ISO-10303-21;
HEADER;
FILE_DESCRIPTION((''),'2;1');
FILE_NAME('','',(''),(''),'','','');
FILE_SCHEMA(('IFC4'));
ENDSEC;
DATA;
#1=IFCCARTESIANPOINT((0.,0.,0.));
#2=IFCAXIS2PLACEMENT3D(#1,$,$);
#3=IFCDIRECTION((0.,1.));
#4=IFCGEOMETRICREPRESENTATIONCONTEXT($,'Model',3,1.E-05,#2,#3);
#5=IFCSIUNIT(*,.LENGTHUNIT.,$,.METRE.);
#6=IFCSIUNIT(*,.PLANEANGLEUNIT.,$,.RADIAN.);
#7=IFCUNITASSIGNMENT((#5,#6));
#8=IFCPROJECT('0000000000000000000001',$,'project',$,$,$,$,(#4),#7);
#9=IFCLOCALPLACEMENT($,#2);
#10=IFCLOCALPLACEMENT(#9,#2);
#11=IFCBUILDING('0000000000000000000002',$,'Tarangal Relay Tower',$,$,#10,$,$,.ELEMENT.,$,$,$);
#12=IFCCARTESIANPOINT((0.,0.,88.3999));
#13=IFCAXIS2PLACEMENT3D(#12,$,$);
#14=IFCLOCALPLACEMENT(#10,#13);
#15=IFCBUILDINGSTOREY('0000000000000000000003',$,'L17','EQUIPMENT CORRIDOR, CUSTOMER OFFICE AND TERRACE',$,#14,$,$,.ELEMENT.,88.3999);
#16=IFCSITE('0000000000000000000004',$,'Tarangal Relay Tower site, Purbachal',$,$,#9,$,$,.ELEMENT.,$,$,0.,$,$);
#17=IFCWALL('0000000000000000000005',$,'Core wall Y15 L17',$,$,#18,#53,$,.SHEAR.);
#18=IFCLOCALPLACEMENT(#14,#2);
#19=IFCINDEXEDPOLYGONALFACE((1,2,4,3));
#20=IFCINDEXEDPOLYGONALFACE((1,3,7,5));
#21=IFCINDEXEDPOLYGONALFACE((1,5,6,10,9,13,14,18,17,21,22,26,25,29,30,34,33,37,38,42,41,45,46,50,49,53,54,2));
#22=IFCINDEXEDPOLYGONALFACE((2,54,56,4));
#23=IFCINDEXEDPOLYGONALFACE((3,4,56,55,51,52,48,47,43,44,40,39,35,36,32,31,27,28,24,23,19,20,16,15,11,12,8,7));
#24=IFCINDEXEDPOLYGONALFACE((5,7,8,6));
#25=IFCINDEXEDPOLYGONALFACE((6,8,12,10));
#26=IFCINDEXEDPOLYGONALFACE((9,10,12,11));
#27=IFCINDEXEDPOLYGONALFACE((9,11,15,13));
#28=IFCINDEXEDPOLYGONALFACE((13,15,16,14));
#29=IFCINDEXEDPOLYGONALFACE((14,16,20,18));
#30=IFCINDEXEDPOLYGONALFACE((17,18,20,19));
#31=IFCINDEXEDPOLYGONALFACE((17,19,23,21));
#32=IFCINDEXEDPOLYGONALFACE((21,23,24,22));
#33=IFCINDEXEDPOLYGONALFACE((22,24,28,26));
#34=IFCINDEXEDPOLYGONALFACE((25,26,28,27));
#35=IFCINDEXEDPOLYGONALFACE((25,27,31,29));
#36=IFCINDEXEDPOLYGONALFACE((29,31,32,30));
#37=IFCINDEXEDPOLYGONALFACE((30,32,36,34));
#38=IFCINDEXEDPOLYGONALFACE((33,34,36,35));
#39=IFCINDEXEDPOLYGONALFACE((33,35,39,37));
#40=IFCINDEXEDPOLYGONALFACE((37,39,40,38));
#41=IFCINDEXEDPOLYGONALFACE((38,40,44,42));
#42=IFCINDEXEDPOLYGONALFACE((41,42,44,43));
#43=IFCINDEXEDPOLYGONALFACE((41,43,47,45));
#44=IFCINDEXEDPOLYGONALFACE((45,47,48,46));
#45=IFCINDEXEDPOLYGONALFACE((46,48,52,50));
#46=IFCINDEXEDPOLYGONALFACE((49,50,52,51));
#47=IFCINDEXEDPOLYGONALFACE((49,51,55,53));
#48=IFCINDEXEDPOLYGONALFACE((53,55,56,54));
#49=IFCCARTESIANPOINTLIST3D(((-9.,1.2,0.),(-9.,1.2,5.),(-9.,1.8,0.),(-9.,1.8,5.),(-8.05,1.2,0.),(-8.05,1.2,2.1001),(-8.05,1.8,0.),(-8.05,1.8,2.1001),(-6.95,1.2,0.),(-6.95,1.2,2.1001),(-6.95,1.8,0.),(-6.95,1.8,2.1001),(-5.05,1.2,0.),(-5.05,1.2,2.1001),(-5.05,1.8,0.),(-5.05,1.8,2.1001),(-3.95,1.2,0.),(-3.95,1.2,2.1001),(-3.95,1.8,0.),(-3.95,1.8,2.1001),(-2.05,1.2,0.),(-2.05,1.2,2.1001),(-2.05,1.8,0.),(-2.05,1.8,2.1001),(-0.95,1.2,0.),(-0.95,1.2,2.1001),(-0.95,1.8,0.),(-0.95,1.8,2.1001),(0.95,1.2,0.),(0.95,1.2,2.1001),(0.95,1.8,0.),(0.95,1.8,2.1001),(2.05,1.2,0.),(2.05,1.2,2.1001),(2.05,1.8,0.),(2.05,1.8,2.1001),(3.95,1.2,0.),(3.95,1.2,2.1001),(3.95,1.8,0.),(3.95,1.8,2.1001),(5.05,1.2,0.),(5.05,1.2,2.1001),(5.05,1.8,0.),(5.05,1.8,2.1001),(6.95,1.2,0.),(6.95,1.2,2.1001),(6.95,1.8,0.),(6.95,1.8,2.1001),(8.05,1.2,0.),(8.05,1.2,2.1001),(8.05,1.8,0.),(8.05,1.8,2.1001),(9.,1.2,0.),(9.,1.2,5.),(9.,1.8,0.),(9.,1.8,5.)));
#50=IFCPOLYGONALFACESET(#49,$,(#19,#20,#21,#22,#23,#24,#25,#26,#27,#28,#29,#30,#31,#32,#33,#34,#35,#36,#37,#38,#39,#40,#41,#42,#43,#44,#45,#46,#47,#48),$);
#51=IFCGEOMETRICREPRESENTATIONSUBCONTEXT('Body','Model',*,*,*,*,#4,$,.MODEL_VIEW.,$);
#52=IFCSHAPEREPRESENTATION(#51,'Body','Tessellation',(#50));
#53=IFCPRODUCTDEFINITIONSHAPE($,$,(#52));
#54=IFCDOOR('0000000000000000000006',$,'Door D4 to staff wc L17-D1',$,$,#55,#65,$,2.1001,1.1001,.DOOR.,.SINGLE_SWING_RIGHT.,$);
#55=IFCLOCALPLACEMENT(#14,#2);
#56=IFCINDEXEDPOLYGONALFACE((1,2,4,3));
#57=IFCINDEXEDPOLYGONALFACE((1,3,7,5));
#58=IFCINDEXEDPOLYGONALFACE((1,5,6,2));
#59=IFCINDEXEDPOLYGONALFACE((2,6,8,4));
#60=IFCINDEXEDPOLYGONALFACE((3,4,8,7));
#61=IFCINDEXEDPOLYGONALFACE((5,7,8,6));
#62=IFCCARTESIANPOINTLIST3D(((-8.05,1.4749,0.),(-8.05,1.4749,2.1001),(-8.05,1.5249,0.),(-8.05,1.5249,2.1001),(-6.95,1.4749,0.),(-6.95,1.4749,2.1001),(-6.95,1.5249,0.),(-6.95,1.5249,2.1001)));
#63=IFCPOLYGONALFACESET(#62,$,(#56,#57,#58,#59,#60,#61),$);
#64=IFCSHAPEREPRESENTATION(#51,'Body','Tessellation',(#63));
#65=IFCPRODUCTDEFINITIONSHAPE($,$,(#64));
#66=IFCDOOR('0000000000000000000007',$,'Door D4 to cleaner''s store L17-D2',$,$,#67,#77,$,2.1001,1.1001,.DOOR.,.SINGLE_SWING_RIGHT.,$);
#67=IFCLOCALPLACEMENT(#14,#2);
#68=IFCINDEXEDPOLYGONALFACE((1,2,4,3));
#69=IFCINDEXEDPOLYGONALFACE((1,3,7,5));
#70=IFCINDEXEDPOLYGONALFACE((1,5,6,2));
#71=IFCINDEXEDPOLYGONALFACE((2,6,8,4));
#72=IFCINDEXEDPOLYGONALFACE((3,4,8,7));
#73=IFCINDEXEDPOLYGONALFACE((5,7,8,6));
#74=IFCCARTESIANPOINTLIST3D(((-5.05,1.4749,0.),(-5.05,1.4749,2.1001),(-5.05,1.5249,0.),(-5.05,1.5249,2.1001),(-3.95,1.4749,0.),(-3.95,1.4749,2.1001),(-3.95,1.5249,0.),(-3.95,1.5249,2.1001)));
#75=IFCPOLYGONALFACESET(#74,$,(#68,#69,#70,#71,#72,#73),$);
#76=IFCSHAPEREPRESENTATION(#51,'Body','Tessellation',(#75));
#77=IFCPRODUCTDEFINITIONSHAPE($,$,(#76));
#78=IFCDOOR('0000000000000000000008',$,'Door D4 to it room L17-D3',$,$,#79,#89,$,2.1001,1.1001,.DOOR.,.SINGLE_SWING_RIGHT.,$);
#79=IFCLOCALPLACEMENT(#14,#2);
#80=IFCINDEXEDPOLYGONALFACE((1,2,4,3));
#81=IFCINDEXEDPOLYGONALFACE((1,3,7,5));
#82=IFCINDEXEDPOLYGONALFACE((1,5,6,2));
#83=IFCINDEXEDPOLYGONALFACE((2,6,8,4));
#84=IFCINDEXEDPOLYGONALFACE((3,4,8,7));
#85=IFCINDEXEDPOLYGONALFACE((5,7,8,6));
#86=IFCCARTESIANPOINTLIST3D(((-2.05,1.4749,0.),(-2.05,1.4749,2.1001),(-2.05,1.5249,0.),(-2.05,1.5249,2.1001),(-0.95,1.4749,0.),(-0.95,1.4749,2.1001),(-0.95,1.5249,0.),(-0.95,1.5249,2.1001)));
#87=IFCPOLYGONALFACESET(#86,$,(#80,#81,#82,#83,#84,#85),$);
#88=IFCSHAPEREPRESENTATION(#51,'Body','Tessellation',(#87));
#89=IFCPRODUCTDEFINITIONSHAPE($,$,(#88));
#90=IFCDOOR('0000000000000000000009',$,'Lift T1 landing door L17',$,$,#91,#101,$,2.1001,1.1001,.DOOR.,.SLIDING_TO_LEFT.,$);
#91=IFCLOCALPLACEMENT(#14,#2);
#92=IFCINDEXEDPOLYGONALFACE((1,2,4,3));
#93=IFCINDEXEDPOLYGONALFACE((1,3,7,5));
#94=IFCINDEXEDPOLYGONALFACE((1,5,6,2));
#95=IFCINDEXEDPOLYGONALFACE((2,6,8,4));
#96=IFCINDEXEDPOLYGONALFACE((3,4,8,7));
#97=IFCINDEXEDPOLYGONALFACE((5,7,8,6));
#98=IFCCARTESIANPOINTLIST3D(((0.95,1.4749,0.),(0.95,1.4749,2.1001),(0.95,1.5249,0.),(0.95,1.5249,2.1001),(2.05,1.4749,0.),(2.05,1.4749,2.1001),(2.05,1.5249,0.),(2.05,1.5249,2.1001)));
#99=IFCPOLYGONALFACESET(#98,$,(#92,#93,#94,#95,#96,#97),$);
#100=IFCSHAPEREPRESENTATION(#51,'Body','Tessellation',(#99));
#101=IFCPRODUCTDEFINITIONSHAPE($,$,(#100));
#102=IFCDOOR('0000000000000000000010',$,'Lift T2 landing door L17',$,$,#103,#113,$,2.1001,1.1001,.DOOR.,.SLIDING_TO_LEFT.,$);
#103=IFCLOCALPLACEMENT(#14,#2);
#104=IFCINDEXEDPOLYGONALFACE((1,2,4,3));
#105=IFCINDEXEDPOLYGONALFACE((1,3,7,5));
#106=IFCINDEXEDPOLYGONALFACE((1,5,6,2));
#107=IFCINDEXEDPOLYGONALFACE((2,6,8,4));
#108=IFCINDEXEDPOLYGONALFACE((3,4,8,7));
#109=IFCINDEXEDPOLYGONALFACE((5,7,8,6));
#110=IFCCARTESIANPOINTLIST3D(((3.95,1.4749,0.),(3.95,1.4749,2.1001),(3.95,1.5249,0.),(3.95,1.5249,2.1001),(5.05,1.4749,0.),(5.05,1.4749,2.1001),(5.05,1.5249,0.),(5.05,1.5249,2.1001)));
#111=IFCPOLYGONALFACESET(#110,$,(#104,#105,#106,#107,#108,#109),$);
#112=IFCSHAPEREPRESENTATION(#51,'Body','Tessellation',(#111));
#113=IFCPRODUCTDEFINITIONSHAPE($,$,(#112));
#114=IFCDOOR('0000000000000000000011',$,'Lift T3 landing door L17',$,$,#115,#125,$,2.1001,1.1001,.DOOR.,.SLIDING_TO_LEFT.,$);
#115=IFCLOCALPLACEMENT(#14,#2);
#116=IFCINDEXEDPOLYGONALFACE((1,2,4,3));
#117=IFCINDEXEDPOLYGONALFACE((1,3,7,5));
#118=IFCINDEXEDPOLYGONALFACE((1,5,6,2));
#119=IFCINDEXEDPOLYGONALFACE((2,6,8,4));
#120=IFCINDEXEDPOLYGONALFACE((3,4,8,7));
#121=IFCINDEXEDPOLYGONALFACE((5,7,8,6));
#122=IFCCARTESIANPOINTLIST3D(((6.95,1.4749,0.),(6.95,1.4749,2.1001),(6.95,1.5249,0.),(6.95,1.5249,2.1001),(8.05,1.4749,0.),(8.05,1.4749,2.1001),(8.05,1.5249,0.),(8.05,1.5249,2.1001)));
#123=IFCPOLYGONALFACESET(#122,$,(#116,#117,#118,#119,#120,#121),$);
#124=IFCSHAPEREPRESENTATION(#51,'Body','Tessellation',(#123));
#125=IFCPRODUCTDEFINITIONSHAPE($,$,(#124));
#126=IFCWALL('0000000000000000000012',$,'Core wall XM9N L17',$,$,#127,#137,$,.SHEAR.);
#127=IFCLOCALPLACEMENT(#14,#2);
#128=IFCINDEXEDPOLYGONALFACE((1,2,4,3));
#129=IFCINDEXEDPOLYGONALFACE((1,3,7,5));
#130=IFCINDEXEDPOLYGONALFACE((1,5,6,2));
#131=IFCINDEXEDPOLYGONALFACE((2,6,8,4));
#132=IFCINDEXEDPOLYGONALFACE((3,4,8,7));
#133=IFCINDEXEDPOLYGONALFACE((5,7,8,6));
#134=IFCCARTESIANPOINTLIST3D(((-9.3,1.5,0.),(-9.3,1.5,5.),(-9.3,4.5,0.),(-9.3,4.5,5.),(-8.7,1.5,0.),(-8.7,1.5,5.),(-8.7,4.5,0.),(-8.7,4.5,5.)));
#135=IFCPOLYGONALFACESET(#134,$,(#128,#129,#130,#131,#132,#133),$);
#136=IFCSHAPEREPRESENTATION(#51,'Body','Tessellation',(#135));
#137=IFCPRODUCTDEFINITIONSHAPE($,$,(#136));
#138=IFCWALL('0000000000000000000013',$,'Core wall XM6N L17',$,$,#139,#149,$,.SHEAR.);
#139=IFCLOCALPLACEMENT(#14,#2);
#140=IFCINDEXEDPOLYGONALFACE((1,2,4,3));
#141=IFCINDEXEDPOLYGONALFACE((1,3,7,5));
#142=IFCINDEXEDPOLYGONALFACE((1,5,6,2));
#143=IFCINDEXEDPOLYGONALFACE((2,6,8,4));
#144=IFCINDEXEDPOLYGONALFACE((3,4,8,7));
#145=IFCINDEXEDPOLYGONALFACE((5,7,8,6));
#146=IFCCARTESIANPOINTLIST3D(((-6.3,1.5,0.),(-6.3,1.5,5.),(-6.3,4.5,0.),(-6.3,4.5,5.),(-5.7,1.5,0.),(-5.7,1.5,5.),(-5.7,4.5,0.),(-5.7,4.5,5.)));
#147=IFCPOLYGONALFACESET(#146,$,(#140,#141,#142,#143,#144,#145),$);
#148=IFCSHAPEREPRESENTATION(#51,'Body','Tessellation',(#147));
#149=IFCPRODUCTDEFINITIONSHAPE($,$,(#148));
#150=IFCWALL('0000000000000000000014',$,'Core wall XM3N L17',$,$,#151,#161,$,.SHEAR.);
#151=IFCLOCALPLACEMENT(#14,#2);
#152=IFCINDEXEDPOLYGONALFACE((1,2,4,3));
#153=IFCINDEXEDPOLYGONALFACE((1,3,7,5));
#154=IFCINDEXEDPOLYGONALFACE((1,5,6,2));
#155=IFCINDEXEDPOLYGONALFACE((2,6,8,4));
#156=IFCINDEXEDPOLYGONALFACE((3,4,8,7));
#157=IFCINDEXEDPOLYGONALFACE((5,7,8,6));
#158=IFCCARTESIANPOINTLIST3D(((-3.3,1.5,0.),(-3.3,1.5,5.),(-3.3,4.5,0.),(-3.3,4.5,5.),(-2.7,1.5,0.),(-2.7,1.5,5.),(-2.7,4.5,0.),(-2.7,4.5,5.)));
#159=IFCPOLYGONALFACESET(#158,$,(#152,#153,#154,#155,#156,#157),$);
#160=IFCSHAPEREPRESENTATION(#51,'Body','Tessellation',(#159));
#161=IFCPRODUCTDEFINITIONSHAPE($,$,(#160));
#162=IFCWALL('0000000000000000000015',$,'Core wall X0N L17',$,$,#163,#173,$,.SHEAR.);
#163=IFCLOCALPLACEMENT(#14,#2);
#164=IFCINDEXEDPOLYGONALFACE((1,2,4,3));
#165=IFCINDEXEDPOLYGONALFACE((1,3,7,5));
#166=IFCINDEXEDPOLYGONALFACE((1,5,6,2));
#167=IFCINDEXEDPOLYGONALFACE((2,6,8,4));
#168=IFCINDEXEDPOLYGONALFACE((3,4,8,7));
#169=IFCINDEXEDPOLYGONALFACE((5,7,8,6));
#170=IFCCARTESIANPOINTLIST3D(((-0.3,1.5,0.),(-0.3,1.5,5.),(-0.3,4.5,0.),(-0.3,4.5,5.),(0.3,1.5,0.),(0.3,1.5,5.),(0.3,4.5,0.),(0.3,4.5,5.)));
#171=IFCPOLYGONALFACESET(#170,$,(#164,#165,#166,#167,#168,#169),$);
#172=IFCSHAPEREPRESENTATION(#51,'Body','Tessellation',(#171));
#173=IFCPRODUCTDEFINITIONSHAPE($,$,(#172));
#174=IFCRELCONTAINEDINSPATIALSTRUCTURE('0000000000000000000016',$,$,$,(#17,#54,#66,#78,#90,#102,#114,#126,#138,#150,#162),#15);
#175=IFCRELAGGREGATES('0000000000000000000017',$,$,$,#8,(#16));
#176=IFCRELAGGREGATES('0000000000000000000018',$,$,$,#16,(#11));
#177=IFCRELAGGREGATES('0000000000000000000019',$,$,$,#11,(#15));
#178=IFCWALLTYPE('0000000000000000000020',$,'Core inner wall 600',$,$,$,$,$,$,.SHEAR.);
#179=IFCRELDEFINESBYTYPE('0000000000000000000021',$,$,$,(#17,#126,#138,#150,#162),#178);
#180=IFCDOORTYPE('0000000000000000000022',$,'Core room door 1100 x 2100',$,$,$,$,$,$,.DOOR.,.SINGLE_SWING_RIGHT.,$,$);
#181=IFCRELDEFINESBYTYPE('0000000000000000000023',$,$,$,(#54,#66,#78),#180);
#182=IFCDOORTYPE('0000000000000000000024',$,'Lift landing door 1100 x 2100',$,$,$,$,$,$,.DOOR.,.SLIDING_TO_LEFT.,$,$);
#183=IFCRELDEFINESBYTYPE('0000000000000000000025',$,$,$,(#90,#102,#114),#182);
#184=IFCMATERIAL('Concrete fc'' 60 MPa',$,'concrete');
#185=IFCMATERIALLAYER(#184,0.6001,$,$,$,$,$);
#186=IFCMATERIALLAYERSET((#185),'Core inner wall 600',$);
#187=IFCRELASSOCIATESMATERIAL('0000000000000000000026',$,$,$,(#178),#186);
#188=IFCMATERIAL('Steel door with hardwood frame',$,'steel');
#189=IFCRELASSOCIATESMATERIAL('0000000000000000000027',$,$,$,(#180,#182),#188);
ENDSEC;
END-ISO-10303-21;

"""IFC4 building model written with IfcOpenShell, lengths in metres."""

from ifc_helpers import new_model, si_unit, direction, frame, frame_2d, origin, place, context, subcontext, project, spatial, rectangle, extrude, material, layer, layer_set, type_object, element, fill, save


model = new_model("IFC4")

# Units and contexts
model_context = context("Model", 3, precision=1e-05, world=origin(), true_north=direction((0.0, 1.0)))
body_context = subcontext(model_context, "Body", "Model", "MODEL_VIEW")
ifc_project = project(units=[si_unit("LENGTHUNIT", "METRE"), si_unit("PLANEANGLEUNIT", "RADIAN")], contexts=[model_context])

# Site, building, storey
site_placement = place(None, origin())
site = spatial("IfcSite", under=ifc_project, at=site_placement, Name="Tarangal Relay Tower site, Purbachal", CompositionType="ELEMENT", RefElevation=0.0)
building_placement = place(site_placement, origin())
building = spatial("IfcBuilding", under=site, at=building_placement, Name="Tarangal Relay Tower", CompositionType="ELEMENT")
storey_placement = place(building_placement, frame((0.0, 0.0, 88.3999)))
storey = spatial("IfcBuildingStorey", under=building, at=storey_placement, Name="L17", Description="EQUIPMENT CORRIDOR, CUSTOMER OFFICE AND TERRACE", CompositionType="ELEMENT", Elevation=88.3999)

# Wall, openings, doors
ifc_material_1 = material(Name="Concrete fc' 60 MPa", Category="concrete")
ifc_layer_1 = layer(ifc_material_1, 0.6001)
ifc_layer_set_1 = layer_set([ifc_layer_1], Name="Core inner wall 600")
wall_type = type_object("IfcWallType", Name="Core inner wall 600", PredefinedType="SHEAR", material=ifc_layer_set_1)
wall_1_placement = place(storey_placement, frame((-9.0, 1.5, 0.0), z_axis=(0.0, 0.0, 1.0), x_axis=(1.0, 0.0, 0.0)))
wall_1 = element("IfcWall", 1, at=wall_1_placement, inside=storey, type_object=wall_type, Name="Core wall Y15 L17", PredefinedType="SHEAR", context=body_context, shape_type="SweptSolid", body=[
    extrude(rectangle(XDim=18.0, YDim=0.6001, at=frame_2d((9.0, 0.0))), origin(), (0.0, 0.0, 1.0), 5.0),
])
opening_1_placement = place(wall_1_placement, frame((9.95, 0.0, 0.0)))
opening_1 = element("IfcOpeningElement", 2, at=opening_1_placement, cuts=wall_1, PredefinedType="OPENING", context=body_context, shape_type="SweptSolid", body=[
    extrude(rectangle(XDim=1.1001, YDim=2.1001, at=frame_2d((0.55, 1.05))), frame((0.0, 0.3101, 0.0), z_axis=(0.0, -1.0, 0.0), x_axis=(1.0, 0.0, 0.0)), (0.0, 0.0, 1.0), 0.6201),
])
opening_2_placement = place(wall_1_placement, frame((12.95, 0.0, 0.0)))
opening_2 = element("IfcOpeningElement", 3, at=opening_2_placement, cuts=wall_1, PredefinedType="OPENING", context=body_context, shape_type="SweptSolid", body=[
    extrude(rectangle(XDim=1.1001, YDim=2.1001, at=frame_2d((0.55, 1.05))), frame((0.0, 0.3101, 0.0), z_axis=(0.0, -1.0, 0.0), x_axis=(1.0, 0.0, 0.0)), (0.0, 0.0, 1.0), 0.6201),
])
opening_3_placement = place(wall_1_placement, frame((15.95, 0.0, 0.0)))
opening_3 = element("IfcOpeningElement", 4, at=opening_3_placement, cuts=wall_1, PredefinedType="OPENING", context=body_context, shape_type="SweptSolid", body=[
    extrude(rectangle(XDim=1.1001, YDim=2.1001, at=frame_2d((0.55, 1.05))), frame((0.0, 0.3101, 0.0), z_axis=(0.0, -1.0, 0.0), x_axis=(1.0, 0.0, 0.0)), (0.0, 0.0, 1.0), 0.6201),
])
opening_4_placement = place(wall_1_placement, frame((0.95, 0.0, 0.0)))
opening_4 = element("IfcOpeningElement", 5, at=opening_4_placement, cuts=wall_1, PredefinedType="OPENING", context=body_context, shape_type="SweptSolid", body=[
    extrude(rectangle(XDim=1.1001, YDim=2.1001, at=frame_2d((0.55, 1.05))), frame((0.0, 0.3101, 0.0), z_axis=(0.0, -1.0, 0.0), x_axis=(1.0, 0.0, 0.0)), (0.0, 0.0, 1.0), 0.6201),
])
opening_5_placement = place(wall_1_placement, frame((3.95, 0.0, 0.0)))
opening_5 = element("IfcOpeningElement", 6, at=opening_5_placement, cuts=wall_1, PredefinedType="OPENING", context=body_context, shape_type="SweptSolid", body=[
    extrude(rectangle(XDim=1.1001, YDim=2.1001, at=frame_2d((0.55, 1.05))), frame((0.0, 0.3101, 0.0), z_axis=(0.0, -1.0, 0.0), x_axis=(1.0, 0.0, 0.0)), (0.0, 0.0, 1.0), 0.6201),
])
opening_6_placement = place(wall_1_placement, frame((6.95, 0.0, 0.0)))
opening_6 = element("IfcOpeningElement", 7, at=opening_6_placement, cuts=wall_1, PredefinedType="OPENING", context=body_context, shape_type="SweptSolid", body=[
    extrude(rectangle(XDim=1.1001, YDim=2.1001, at=frame_2d((0.55, 1.05))), frame((0.0, 0.3101, 0.0), z_axis=(0.0, -1.0, 0.0), x_axis=(1.0, 0.0, 0.0)), (0.0, 0.0, 1.0), 0.6201),
])
ifc_material_2 = material(Name="Steel door with hardwood frame", Category="steel")
door_type_1 = type_object("IfcDoorType", Name="Core room door 1100 x 2100", OperationType="SINGLE_SWING_RIGHT", PredefinedType="DOOR", material=ifc_material_2)
door_1_placement = place(opening_4_placement, origin())
door_1 = element("IfcDoor", 8, at=door_1_placement, inside=storey, type_object=door_type_1, Name="Door D4 to staff wc L17-D1", OperationType="SINGLE_SWING_RIGHT", OverallHeight=2.1001, OverallWidth=1.1001, PredefinedType="DOOR", context=body_context, shape_type="SweptSolid", body=[
    extrude(rectangle(XDim=1.1001, YDim=2.1001, at=frame_2d((0.55, 1.05))), frame((0.0, 0.0249, 0.0), z_axis=(0.0, -1.0, 0.0), x_axis=(1.0, 0.0, 0.0)), (0.0, 0.0, 1.0), 0.05),
])
fill(opening_4, door_1)
door_2_placement = place(opening_5_placement, origin())
door_2 = element("IfcDoor", 9, at=door_2_placement, inside=storey, type_object=door_type_1, Name="Door D4 to cleaner's store L17-D2", OperationType="SINGLE_SWING_RIGHT", OverallHeight=2.1001, OverallWidth=1.1001, PredefinedType="DOOR", context=body_context, shape_type="SweptSolid", body=[
    extrude(rectangle(XDim=1.1001, YDim=2.1001, at=frame_2d((0.55, 1.05))), frame((0.0, 0.0249, 0.0), z_axis=(0.0, -1.0, 0.0), x_axis=(1.0, 0.0, 0.0)), (0.0, 0.0, 1.0), 0.05),
])
fill(opening_5, door_2)
door_3_placement = place(opening_6_placement, origin())
door_3 = element("IfcDoor", 10, at=door_3_placement, inside=storey, type_object=door_type_1, Name="Door D4 to it room L17-D3", OperationType="SINGLE_SWING_RIGHT", OverallHeight=2.1001, OverallWidth=1.1001, PredefinedType="DOOR", context=body_context, shape_type="SweptSolid", body=[
    extrude(rectangle(XDim=1.1001, YDim=2.1001, at=frame_2d((0.55, 1.05))), frame((0.0, 0.0249, 0.0), z_axis=(0.0, -1.0, 0.0), x_axis=(1.0, 0.0, 0.0)), (0.0, 0.0, 1.0), 0.05),
])
fill(opening_6, door_3)
door_type_2 = type_object("IfcDoorType", Name="Lift landing door 1100 x 2100", OperationType="SLIDING_TO_LEFT", PredefinedType="DOOR", material=ifc_material_2)
door_4_placement = place(opening_1_placement, origin())
door_4 = element("IfcDoor", 11, at=door_4_placement, inside=storey, type_object=door_type_2, Name="Lift T1 landing door L17", OperationType="SLIDING_TO_LEFT", OverallHeight=2.1001, OverallWidth=1.1001, PredefinedType="DOOR", context=body_context, shape_type="SweptSolid", body=[
    extrude(rectangle(XDim=1.1001, YDim=2.1001, at=frame_2d((0.55, 1.05))), frame((0.0, 0.0249, 0.0), z_axis=(0.0, -1.0, 0.0), x_axis=(1.0, 0.0, 0.0)), (0.0, 0.0, 1.0), 0.05),
])
fill(opening_1, door_4)
door_5_placement = place(opening_2_placement, origin())
door_5 = element("IfcDoor", 12, at=door_5_placement, inside=storey, type_object=door_type_2, Name="Lift T2 landing door L17", OperationType="SLIDING_TO_LEFT", OverallHeight=2.1001, OverallWidth=1.1001, PredefinedType="DOOR", context=body_context, shape_type="SweptSolid", body=[
    extrude(rectangle(XDim=1.1001, YDim=2.1001, at=frame_2d((0.55, 1.05))), frame((0.0, 0.0249, 0.0), z_axis=(0.0, -1.0, 0.0), x_axis=(1.0, 0.0, 0.0)), (0.0, 0.0, 1.0), 0.05),
])
fill(opening_2, door_5)
door_6_placement = place(opening_3_placement, origin())
door_6 = element("IfcDoor", 13, at=door_6_placement, inside=storey, type_object=door_type_2, Name="Lift T3 landing door L17", OperationType="SLIDING_TO_LEFT", OverallHeight=2.1001, OverallWidth=1.1001, PredefinedType="DOOR", context=body_context, shape_type="SweptSolid", body=[
    extrude(rectangle(XDim=1.1001, YDim=2.1001, at=frame_2d((0.55, 1.05))), frame((0.0, 0.0249, 0.0), z_axis=(0.0, -1.0, 0.0), x_axis=(1.0, 0.0, 0.0)), (0.0, 0.0, 1.0), 0.05),
])
fill(opening_3, door_6)

# Walls
for number, where, z_axis, x_axis, name in (
    (14, (-9.0, 1.5, 0.0), (0.0, 0.0, 1.0), (0.0, 1.0, 0.0), "Core wall XM9N L17"),
    (15, (-6.0, 1.5, 0.0), (0.0, 0.0, 1.0), (0.0, 1.0, 0.0), "Core wall XM6N L17"),
    (16, (-3.0, 1.5, 0.0), (0.0, 0.0, 1.0), (0.0, 1.0, 0.0), "Core wall XM3N L17"),
    (17, (0.0, 1.5, 0.0), (0.0, 0.0, 1.0), (0.0, 1.0, 0.0), "Core wall X0N L17"),
):
    element("IfcWall", number, at=place(storey_placement, frame(where, z_axis=z_axis, x_axis=x_axis)), inside=storey, type_object=wall_type, Name=name, PredefinedType="SHEAR", context=body_context, shape_type="SweptSolid", body=[
        extrude(rectangle(XDim=3.0, YDim=0.6001, at=frame_2d((1.5, 0.0))), origin(), (0.0, 0.0, 1.0), 5.0),
    ])

save(model, "model.ifc")
